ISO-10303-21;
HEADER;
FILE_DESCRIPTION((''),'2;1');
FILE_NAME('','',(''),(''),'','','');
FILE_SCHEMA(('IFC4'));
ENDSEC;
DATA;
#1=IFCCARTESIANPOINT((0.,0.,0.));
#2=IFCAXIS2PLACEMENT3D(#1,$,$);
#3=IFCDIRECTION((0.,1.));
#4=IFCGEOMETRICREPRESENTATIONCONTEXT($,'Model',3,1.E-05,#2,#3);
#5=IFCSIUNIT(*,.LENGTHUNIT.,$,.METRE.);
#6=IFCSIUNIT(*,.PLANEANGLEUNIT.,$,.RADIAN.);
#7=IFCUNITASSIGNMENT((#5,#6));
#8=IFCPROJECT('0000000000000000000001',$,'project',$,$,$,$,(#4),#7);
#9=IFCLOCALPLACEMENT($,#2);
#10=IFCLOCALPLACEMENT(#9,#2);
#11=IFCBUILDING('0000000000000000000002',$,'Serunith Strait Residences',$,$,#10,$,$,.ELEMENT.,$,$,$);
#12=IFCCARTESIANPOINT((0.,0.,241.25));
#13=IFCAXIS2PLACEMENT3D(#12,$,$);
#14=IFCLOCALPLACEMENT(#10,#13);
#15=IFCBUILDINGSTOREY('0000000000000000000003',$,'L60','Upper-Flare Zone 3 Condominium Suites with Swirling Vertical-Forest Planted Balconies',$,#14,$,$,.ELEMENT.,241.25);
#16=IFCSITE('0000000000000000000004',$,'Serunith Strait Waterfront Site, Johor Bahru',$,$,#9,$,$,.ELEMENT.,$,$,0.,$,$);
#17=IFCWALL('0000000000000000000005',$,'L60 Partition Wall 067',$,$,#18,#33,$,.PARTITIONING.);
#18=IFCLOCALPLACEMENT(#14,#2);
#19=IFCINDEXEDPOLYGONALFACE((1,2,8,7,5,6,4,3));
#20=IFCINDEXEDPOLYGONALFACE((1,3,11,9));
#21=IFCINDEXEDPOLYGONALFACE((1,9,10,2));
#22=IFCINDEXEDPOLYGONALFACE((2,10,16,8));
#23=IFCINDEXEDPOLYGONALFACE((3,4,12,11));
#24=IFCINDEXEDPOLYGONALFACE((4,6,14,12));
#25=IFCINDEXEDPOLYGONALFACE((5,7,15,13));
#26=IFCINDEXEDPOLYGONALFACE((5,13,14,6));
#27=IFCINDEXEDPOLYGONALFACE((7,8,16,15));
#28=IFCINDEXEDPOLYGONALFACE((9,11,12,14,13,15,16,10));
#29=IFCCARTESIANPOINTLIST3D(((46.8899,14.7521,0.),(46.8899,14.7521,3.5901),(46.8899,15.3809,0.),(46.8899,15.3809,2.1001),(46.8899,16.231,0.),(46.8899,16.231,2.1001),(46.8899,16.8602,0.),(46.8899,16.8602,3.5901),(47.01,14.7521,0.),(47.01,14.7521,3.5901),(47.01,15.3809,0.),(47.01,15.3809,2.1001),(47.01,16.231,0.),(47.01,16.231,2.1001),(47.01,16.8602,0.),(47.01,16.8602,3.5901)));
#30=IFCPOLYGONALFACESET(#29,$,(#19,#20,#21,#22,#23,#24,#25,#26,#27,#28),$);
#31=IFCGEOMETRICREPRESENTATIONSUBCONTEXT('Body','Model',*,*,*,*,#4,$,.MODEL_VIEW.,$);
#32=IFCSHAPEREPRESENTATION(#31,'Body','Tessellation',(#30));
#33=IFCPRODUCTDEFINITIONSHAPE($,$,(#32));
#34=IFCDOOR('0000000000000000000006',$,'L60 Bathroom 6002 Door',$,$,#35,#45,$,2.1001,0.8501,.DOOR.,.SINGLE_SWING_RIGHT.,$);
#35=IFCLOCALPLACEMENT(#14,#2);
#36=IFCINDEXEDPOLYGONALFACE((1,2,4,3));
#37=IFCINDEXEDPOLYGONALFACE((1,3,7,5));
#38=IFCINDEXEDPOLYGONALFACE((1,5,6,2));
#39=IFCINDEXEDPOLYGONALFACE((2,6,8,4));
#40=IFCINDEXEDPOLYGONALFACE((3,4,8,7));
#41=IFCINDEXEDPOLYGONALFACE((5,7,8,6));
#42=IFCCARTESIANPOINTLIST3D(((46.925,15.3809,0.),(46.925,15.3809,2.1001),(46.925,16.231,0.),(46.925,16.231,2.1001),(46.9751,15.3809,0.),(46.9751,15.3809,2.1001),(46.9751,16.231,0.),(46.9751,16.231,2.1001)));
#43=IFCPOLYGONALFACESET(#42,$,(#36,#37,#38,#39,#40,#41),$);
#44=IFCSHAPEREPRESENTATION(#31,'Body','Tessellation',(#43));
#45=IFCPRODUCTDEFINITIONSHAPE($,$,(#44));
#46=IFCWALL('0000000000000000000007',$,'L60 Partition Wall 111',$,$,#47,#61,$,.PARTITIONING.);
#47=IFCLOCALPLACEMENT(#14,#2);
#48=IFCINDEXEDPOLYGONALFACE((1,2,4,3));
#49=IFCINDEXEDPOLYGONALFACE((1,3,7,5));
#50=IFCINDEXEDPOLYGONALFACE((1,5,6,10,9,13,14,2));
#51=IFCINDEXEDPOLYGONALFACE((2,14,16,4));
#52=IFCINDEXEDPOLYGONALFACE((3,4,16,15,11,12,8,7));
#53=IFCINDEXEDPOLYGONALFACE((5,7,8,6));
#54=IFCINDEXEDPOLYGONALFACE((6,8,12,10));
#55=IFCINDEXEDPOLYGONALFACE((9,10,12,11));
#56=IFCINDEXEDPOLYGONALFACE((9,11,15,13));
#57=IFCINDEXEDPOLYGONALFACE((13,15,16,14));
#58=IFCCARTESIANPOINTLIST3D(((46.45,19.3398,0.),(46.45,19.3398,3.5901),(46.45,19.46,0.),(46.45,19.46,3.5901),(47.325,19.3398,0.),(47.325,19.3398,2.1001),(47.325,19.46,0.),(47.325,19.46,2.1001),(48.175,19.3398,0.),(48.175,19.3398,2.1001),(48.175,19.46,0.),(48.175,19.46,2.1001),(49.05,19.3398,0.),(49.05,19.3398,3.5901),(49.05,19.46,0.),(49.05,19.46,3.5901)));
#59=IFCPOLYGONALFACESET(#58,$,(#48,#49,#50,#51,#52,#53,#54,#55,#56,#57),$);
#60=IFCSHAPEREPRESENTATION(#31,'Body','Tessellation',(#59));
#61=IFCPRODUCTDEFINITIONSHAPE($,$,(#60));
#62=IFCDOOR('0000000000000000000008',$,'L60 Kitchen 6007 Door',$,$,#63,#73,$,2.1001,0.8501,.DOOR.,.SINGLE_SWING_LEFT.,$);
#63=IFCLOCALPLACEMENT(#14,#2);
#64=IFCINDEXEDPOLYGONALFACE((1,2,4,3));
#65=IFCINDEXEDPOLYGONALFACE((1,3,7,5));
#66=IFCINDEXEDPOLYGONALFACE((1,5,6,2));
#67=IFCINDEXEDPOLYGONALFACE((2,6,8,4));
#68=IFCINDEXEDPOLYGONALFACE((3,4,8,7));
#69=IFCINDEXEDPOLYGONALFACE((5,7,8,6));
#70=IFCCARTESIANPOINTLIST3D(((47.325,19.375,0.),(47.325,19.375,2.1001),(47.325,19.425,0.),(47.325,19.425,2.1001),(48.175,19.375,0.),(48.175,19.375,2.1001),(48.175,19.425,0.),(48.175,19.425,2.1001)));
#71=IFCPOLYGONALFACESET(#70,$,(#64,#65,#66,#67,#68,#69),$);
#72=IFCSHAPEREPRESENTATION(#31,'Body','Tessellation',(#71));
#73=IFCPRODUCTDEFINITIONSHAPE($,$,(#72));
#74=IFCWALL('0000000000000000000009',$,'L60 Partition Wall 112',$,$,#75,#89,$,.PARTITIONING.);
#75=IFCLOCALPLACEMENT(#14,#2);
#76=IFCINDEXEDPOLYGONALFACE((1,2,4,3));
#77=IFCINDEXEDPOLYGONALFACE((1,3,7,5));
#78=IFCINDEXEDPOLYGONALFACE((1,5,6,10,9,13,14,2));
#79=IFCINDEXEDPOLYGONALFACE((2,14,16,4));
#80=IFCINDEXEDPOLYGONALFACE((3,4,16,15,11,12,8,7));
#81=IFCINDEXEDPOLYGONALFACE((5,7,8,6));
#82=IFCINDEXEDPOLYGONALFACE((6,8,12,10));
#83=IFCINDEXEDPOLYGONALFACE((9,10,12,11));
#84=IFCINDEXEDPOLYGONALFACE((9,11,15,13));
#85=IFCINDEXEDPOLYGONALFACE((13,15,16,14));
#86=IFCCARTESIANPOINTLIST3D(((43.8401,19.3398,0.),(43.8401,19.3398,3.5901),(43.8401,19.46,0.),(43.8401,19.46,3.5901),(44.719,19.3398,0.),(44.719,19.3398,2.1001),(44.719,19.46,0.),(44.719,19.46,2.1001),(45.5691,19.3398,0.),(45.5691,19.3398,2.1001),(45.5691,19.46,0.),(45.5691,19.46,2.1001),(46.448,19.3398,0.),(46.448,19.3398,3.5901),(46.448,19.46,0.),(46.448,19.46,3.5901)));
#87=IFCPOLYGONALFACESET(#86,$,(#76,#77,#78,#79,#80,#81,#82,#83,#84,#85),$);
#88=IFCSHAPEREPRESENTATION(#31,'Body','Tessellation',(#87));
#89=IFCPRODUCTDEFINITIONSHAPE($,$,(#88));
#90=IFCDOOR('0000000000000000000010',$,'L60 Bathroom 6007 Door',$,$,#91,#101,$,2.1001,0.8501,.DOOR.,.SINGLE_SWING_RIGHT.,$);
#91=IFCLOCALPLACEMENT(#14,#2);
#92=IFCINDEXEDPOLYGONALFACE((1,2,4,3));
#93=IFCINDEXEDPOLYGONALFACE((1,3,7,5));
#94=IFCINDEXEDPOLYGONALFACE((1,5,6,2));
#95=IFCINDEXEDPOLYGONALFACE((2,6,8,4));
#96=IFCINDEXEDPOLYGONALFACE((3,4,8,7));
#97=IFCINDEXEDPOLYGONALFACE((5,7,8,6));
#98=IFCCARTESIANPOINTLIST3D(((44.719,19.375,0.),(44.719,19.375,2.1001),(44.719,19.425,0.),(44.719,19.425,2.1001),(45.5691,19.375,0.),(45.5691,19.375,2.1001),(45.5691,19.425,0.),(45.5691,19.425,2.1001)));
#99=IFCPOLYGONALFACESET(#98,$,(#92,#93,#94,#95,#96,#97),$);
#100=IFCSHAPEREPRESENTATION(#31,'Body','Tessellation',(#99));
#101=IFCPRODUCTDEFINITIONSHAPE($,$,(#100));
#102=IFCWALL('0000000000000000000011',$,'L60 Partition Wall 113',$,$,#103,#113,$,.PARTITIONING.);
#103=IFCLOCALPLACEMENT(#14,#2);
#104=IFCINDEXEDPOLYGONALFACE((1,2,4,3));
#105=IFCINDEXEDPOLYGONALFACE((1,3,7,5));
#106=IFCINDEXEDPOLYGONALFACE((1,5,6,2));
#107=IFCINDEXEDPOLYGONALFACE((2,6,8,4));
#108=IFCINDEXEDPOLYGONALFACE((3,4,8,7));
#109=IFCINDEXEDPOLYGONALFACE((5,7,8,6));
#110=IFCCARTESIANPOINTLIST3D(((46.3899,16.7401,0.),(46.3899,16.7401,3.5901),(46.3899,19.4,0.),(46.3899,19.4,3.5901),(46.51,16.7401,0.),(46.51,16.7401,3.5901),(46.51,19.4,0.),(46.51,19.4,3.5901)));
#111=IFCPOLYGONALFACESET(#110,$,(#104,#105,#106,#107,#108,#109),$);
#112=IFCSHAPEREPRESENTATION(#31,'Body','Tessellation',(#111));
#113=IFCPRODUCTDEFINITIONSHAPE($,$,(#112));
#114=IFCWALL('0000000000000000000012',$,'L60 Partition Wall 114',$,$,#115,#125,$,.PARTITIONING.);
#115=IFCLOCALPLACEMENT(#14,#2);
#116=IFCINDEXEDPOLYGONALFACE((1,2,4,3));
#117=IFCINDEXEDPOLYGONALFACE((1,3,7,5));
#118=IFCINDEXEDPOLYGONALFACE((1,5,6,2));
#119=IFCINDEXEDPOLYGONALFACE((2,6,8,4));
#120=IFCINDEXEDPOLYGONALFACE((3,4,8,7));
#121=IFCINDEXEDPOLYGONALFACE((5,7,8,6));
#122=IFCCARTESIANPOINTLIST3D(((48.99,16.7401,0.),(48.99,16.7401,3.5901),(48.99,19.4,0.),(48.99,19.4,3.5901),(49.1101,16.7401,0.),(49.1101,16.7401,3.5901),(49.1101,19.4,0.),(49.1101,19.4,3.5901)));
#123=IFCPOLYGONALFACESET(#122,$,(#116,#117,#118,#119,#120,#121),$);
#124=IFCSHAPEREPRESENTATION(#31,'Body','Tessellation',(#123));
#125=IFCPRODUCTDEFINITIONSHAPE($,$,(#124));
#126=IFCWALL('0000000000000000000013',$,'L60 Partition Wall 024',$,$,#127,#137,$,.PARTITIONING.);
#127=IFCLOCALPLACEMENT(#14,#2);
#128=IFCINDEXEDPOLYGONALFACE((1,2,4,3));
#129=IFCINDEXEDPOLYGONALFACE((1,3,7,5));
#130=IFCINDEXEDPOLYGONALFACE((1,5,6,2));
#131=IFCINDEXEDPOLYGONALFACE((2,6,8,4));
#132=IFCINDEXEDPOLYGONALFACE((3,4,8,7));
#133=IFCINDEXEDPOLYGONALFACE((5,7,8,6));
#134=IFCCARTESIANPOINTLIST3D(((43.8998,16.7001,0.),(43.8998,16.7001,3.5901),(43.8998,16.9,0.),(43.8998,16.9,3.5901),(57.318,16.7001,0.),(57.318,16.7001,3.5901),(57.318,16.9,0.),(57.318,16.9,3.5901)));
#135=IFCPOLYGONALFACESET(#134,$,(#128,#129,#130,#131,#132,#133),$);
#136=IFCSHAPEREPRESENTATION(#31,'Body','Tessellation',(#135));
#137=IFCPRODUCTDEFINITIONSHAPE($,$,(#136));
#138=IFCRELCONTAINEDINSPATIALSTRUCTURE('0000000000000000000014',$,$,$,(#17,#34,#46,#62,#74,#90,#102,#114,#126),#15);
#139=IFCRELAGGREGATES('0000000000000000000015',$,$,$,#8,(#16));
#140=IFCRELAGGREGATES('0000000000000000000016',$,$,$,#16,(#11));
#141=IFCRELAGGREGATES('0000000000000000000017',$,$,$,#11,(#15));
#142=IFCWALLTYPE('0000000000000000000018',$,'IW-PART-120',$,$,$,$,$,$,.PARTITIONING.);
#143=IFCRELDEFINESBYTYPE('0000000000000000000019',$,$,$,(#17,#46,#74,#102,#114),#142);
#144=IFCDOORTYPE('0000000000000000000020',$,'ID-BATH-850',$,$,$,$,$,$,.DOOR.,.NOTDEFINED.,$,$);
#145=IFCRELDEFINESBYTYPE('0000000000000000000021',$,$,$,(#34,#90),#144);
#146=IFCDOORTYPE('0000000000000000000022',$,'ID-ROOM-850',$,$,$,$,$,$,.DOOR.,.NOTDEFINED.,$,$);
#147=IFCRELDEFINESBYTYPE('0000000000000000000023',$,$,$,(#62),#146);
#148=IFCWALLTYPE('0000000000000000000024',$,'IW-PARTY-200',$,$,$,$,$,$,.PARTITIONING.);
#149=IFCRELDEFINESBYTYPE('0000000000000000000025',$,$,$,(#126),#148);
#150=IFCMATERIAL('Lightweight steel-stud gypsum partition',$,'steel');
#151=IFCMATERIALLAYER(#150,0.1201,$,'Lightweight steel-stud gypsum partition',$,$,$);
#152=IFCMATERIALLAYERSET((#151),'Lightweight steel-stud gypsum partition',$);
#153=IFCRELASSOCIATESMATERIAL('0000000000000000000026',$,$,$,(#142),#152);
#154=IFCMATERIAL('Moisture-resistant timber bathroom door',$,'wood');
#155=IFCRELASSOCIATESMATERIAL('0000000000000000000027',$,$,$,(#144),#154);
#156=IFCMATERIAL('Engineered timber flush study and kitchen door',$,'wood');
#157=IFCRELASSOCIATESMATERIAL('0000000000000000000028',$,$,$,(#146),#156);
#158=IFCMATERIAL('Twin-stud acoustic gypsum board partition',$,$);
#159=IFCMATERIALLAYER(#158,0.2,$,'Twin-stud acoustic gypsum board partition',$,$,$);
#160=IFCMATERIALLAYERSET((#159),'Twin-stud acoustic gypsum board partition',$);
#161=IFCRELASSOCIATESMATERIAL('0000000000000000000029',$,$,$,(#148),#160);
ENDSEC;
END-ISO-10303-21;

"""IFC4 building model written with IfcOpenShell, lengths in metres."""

from ifc_helpers import new_model, si_unit, direction, frame, frame_2d, origin, place, context, subcontext, project, spatial, rectangle, extrude, source, transform, mapped, material, layer, layer_set, type_object, element, fill, save


model = new_model("IFC4")

# Units and contexts
model_context = context("Model", 3, precision=1e-05, world=origin(), true_north=direction((0.0, 1.0)))
body_context = subcontext(model_context, "Body", "Model", "MODEL_VIEW")
ifc_project = project(units=[si_unit("LENGTHUNIT", "METRE"), si_unit("PLANEANGLEUNIT", "RADIAN")], contexts=[model_context])

# Site, building, storey
site_placement = place(None, origin())
site = spatial("IfcSite", under=ifc_project, at=site_placement, Name="Serunith Strait Waterfront Site, Johor Bahru", CompositionType="ELEMENT", RefElevation=0.0)
building_placement = place(site_placement, origin())
building = spatial("IfcBuilding", under=site, at=building_placement, Name="Serunith Strait Residences", CompositionType="ELEMENT")
storey_placement = place(building_placement, frame((0.0, 0.0, 241.25)))
storey = spatial("IfcBuildingStorey", under=building, at=storey_placement, Name="L60", Description="Upper-Flare Zone 3 Condominium Suites with Swirling Vertical-Forest Planted Balconies", CompositionType="ELEMENT", Elevation=241.25)

# Shared definitions
ifc_material_1 = material(Name="Lightweight steel-stud gypsum partition", Category="steel")
ifc_layer_1 = layer(ifc_material_1, 0.1201, Name="Lightweight steel-stud gypsum partition")
ifc_layer_set_1 = layer_set([ifc_layer_1], Name="Lightweight steel-stud gypsum partition")
wall_type_1 = type_object("IfcWallType", Name="IW-PART-120", PredefinedType="PARTITIONING", material=ifc_layer_set_1)

# Walls, openings, doors
wall_1_placement = place(storey_placement, frame((46.95, 14.752, 0.0), z_axis=(0.0, 0.0, 1.0), x_axis=(0.0, 1.0, 0.0)))
wall_1 = element("IfcWall", 1, at=wall_1_placement, inside=storey, type_object=wall_type_1, Name="L60 Partition Wall 067", PredefinedType="PARTITIONING", context=body_context, shape_type="SweptSolid", body=[
    extrude(rectangle(XDim=2.1082, YDim=0.1201, at=frame_2d((1.0542, 0.0))), origin(), (0.0, 0.0, 1.0), 3.5901),
])
opening_1_placement = place(wall_1_placement, frame((0.6289, 0.0, 0.0)))
opening_1 = element("IfcOpeningElement", 2, at=opening_1_placement, cuts=wall_1, PredefinedType="OPENING", context=body_context, shape_type="SweptSolid", body=[
    extrude(rectangle(XDim=0.8501, YDim=2.1001, at=frame_2d((0.425, 1.05))), frame((0.0, 0.0701, 0.0), z_axis=(0.0, -1.0, 0.0), x_axis=(1.0, 0.0, 0.0)), (0.0, 0.0, 1.0), 0.1401),
])
ifc_material_2 = material(Name="Moisture-resistant timber bathroom door", Category="wood")
door_type_1 = type_object("IfcDoorType", Name="ID-BATH-850", OperationType="NOTDEFINED", PredefinedType="DOOR", material=ifc_material_2)
shared_shape_1 = source(origin(), body_context, "Body", "SweptSolid", [
    extrude(rectangle(XDim=0.8501, YDim=2.1001, at=frame_2d((0.425, 1.05))), frame((0.0, 0.0249, 0.0), z_axis=(0.0, -1.0, 0.0), x_axis=(1.0, 0.0, 0.0)), (0.0, 0.0, 1.0), 0.05),
])
door_1_placement = place(opening_1_placement, origin())
door_1 = element("IfcDoor", 3, at=door_1_placement, inside=storey, type_object=door_type_1, Name="L60 Bathroom 6002 Door", OperationType="SINGLE_SWING_RIGHT", OverallHeight=2.1001, OverallWidth=0.8501, PredefinedType="DOOR", context=body_context, shape_type="MappedRepresentation", body=[
    mapped(shared_shape_1, transform((0.0, 0.0, 0.0), scale=1.0)),
])
fill(opening_1, door_1)
wall_2_placement = place(storey_placement, frame((49.05, 19.3999, 0.0), z_axis=(0.0, 0.0, 1.0), x_axis=(-1.0, 0.0, 0.0)))
wall_2 = element("IfcWall", 4, at=wall_2_placement, inside=storey, type_object=wall_type_1, Name="L60 Partition Wall 111", PredefinedType="PARTITIONING", context=body_context, shape_type="SweptSolid", body=[
    extrude(rectangle(XDim=2.6001, YDim=0.1201, at=frame_2d((1.3, 0.0))), origin(), (0.0, 0.0, 1.0), 3.5901),
])
opening_2_placement = place(wall_2_placement, frame((0.875, 0.0, 0.0)))
opening_2 = element("IfcOpeningElement", 5, at=opening_2_placement, cuts=wall_2, PredefinedType="OPENING", context=body_context, shape_type="SweptSolid", body=[
    extrude(rectangle(XDim=0.8501, YDim=2.1001, at=frame_2d((0.425, 1.05))), frame((0.0, 0.0701, 0.0), z_axis=(0.0, -1.0, 0.0), x_axis=(1.0, 0.0, 0.0)), (0.0, 0.0, 1.0), 0.1401),
])
ifc_material_3 = material(Name="Engineered timber flush study and kitchen door", Category="wood")
door_type_2 = type_object("IfcDoorType", Name="ID-ROOM-850", OperationType="NOTDEFINED", PredefinedType="DOOR", material=ifc_material_3)
door_2_placement = place(opening_2_placement, origin())
door_2 = element("IfcDoor", 6, at=door_2_placement, inside=storey, type_object=door_type_2, Name="L60 Kitchen 6007 Door", OperationType="SINGLE_SWING_LEFT", OverallHeight=2.1001, OverallWidth=0.8501, PredefinedType="DOOR", context=body_context, shape_type="MappedRepresentation", body=[
    mapped(shared_shape_1, transform((0.0, 0.0, 0.0), scale=1.0)),
])
fill(opening_2, door_2)
wall_3_placement = place(storey_placement, frame((46.448, 19.3999, 0.0), z_axis=(0.0, 0.0, 1.0), x_axis=(-1.0, 0.0, 0.0)))
wall_3 = element("IfcWall", 7, at=wall_3_placement, inside=storey, type_object=wall_type_1, Name="L60 Partition Wall 112", PredefinedType="PARTITIONING", context=body_context, shape_type="SweptSolid", body=[
    extrude(rectangle(XDim=2.6079, YDim=0.1201, at=frame_2d((1.304, 0.0))), origin(), (0.0, 0.0, 1.0), 3.5901),
])
opening_3_placement = place(wall_3_placement, frame((0.8789, 0.0, 0.0)))
opening_3 = element("IfcOpeningElement", 8, at=opening_3_placement, cuts=wall_3, PredefinedType="OPENING", context=body_context, shape_type="SweptSolid", body=[
    extrude(rectangle(XDim=0.8501, YDim=2.1001, at=frame_2d((0.425, 1.05))), frame((0.0, 0.0701, 0.0), z_axis=(0.0, -1.0, 0.0), x_axis=(1.0, 0.0, 0.0)), (0.0, 0.0, 1.0), 0.1401),
])
door_3_placement = place(opening_3_placement, origin())
door_3 = element("IfcDoor", 9, at=door_3_placement, inside=storey, type_object=door_type_1, Name="L60 Bathroom 6007 Door", OperationType="SINGLE_SWING_RIGHT", OverallHeight=2.1001, OverallWidth=0.8501, PredefinedType="DOOR", context=body_context, shape_type="MappedRepresentation", body=[
    mapped(shared_shape_1, transform((0.0, 0.0, 0.0), scale=1.0)),
])
fill(opening_3, door_3)

# Walls
for number, where, z_axis, x_axis, name in (
    (10, (46.45, 16.74, 0.0), (0.0, 0.0, 1.0), (0.0, 1.0, 0.0), "L60 Partition Wall 113"),
    (11, (49.05, 16.74, 0.0), (0.0, 0.0, 1.0), (0.0, 1.0, 0.0), "L60 Partition Wall 114"),
):
    element("IfcWall", number, at=place(storey_placement, frame(where, z_axis=z_axis, x_axis=x_axis)), inside=storey, type_object=wall_type_1, Name=name, PredefinedType="PARTITIONING", context=body_context, shape_type="SweptSolid", body=[
        extrude(rectangle(XDim=2.6599, YDim=0.1201, at=frame_2d((1.3301, 0.0))), origin(), (0.0, 0.0, 1.0), 3.5901),
    ])
ifc_material_4 = material(Name="Twin-stud acoustic gypsum board partition")
ifc_layer_2 = layer(ifc_material_4, 0.2, Name="Twin-stud acoustic gypsum board partition")
ifc_layer_set_2 = layer_set([ifc_layer_2], Name="Twin-stud acoustic gypsum board partition")
wall_type_2 = type_object("IfcWallType", Name="IW-PARTY-200", PredefinedType="PARTITIONING", material=ifc_layer_set_2)
wall_4_placement = place(storey_placement, frame((43.8999, 16.8, 0.0), z_axis=(0.0, 0.0, 1.0), x_axis=(1.0, 0.0, 0.0)))
element("IfcWall", 12, at=wall_4_placement, inside=storey, type_object=wall_type_2, Name="L60 Partition Wall 024", PredefinedType="PARTITIONING", context=body_context, shape_type="SweptSolid", body=[
    extrude(rectangle(XDim=13.4182, YDim=0.2, at=frame_2d((6.709, 0.0))), origin(), (0.0, 0.0, 1.0), 3.5901),
])

save(model, "model.ifc")
